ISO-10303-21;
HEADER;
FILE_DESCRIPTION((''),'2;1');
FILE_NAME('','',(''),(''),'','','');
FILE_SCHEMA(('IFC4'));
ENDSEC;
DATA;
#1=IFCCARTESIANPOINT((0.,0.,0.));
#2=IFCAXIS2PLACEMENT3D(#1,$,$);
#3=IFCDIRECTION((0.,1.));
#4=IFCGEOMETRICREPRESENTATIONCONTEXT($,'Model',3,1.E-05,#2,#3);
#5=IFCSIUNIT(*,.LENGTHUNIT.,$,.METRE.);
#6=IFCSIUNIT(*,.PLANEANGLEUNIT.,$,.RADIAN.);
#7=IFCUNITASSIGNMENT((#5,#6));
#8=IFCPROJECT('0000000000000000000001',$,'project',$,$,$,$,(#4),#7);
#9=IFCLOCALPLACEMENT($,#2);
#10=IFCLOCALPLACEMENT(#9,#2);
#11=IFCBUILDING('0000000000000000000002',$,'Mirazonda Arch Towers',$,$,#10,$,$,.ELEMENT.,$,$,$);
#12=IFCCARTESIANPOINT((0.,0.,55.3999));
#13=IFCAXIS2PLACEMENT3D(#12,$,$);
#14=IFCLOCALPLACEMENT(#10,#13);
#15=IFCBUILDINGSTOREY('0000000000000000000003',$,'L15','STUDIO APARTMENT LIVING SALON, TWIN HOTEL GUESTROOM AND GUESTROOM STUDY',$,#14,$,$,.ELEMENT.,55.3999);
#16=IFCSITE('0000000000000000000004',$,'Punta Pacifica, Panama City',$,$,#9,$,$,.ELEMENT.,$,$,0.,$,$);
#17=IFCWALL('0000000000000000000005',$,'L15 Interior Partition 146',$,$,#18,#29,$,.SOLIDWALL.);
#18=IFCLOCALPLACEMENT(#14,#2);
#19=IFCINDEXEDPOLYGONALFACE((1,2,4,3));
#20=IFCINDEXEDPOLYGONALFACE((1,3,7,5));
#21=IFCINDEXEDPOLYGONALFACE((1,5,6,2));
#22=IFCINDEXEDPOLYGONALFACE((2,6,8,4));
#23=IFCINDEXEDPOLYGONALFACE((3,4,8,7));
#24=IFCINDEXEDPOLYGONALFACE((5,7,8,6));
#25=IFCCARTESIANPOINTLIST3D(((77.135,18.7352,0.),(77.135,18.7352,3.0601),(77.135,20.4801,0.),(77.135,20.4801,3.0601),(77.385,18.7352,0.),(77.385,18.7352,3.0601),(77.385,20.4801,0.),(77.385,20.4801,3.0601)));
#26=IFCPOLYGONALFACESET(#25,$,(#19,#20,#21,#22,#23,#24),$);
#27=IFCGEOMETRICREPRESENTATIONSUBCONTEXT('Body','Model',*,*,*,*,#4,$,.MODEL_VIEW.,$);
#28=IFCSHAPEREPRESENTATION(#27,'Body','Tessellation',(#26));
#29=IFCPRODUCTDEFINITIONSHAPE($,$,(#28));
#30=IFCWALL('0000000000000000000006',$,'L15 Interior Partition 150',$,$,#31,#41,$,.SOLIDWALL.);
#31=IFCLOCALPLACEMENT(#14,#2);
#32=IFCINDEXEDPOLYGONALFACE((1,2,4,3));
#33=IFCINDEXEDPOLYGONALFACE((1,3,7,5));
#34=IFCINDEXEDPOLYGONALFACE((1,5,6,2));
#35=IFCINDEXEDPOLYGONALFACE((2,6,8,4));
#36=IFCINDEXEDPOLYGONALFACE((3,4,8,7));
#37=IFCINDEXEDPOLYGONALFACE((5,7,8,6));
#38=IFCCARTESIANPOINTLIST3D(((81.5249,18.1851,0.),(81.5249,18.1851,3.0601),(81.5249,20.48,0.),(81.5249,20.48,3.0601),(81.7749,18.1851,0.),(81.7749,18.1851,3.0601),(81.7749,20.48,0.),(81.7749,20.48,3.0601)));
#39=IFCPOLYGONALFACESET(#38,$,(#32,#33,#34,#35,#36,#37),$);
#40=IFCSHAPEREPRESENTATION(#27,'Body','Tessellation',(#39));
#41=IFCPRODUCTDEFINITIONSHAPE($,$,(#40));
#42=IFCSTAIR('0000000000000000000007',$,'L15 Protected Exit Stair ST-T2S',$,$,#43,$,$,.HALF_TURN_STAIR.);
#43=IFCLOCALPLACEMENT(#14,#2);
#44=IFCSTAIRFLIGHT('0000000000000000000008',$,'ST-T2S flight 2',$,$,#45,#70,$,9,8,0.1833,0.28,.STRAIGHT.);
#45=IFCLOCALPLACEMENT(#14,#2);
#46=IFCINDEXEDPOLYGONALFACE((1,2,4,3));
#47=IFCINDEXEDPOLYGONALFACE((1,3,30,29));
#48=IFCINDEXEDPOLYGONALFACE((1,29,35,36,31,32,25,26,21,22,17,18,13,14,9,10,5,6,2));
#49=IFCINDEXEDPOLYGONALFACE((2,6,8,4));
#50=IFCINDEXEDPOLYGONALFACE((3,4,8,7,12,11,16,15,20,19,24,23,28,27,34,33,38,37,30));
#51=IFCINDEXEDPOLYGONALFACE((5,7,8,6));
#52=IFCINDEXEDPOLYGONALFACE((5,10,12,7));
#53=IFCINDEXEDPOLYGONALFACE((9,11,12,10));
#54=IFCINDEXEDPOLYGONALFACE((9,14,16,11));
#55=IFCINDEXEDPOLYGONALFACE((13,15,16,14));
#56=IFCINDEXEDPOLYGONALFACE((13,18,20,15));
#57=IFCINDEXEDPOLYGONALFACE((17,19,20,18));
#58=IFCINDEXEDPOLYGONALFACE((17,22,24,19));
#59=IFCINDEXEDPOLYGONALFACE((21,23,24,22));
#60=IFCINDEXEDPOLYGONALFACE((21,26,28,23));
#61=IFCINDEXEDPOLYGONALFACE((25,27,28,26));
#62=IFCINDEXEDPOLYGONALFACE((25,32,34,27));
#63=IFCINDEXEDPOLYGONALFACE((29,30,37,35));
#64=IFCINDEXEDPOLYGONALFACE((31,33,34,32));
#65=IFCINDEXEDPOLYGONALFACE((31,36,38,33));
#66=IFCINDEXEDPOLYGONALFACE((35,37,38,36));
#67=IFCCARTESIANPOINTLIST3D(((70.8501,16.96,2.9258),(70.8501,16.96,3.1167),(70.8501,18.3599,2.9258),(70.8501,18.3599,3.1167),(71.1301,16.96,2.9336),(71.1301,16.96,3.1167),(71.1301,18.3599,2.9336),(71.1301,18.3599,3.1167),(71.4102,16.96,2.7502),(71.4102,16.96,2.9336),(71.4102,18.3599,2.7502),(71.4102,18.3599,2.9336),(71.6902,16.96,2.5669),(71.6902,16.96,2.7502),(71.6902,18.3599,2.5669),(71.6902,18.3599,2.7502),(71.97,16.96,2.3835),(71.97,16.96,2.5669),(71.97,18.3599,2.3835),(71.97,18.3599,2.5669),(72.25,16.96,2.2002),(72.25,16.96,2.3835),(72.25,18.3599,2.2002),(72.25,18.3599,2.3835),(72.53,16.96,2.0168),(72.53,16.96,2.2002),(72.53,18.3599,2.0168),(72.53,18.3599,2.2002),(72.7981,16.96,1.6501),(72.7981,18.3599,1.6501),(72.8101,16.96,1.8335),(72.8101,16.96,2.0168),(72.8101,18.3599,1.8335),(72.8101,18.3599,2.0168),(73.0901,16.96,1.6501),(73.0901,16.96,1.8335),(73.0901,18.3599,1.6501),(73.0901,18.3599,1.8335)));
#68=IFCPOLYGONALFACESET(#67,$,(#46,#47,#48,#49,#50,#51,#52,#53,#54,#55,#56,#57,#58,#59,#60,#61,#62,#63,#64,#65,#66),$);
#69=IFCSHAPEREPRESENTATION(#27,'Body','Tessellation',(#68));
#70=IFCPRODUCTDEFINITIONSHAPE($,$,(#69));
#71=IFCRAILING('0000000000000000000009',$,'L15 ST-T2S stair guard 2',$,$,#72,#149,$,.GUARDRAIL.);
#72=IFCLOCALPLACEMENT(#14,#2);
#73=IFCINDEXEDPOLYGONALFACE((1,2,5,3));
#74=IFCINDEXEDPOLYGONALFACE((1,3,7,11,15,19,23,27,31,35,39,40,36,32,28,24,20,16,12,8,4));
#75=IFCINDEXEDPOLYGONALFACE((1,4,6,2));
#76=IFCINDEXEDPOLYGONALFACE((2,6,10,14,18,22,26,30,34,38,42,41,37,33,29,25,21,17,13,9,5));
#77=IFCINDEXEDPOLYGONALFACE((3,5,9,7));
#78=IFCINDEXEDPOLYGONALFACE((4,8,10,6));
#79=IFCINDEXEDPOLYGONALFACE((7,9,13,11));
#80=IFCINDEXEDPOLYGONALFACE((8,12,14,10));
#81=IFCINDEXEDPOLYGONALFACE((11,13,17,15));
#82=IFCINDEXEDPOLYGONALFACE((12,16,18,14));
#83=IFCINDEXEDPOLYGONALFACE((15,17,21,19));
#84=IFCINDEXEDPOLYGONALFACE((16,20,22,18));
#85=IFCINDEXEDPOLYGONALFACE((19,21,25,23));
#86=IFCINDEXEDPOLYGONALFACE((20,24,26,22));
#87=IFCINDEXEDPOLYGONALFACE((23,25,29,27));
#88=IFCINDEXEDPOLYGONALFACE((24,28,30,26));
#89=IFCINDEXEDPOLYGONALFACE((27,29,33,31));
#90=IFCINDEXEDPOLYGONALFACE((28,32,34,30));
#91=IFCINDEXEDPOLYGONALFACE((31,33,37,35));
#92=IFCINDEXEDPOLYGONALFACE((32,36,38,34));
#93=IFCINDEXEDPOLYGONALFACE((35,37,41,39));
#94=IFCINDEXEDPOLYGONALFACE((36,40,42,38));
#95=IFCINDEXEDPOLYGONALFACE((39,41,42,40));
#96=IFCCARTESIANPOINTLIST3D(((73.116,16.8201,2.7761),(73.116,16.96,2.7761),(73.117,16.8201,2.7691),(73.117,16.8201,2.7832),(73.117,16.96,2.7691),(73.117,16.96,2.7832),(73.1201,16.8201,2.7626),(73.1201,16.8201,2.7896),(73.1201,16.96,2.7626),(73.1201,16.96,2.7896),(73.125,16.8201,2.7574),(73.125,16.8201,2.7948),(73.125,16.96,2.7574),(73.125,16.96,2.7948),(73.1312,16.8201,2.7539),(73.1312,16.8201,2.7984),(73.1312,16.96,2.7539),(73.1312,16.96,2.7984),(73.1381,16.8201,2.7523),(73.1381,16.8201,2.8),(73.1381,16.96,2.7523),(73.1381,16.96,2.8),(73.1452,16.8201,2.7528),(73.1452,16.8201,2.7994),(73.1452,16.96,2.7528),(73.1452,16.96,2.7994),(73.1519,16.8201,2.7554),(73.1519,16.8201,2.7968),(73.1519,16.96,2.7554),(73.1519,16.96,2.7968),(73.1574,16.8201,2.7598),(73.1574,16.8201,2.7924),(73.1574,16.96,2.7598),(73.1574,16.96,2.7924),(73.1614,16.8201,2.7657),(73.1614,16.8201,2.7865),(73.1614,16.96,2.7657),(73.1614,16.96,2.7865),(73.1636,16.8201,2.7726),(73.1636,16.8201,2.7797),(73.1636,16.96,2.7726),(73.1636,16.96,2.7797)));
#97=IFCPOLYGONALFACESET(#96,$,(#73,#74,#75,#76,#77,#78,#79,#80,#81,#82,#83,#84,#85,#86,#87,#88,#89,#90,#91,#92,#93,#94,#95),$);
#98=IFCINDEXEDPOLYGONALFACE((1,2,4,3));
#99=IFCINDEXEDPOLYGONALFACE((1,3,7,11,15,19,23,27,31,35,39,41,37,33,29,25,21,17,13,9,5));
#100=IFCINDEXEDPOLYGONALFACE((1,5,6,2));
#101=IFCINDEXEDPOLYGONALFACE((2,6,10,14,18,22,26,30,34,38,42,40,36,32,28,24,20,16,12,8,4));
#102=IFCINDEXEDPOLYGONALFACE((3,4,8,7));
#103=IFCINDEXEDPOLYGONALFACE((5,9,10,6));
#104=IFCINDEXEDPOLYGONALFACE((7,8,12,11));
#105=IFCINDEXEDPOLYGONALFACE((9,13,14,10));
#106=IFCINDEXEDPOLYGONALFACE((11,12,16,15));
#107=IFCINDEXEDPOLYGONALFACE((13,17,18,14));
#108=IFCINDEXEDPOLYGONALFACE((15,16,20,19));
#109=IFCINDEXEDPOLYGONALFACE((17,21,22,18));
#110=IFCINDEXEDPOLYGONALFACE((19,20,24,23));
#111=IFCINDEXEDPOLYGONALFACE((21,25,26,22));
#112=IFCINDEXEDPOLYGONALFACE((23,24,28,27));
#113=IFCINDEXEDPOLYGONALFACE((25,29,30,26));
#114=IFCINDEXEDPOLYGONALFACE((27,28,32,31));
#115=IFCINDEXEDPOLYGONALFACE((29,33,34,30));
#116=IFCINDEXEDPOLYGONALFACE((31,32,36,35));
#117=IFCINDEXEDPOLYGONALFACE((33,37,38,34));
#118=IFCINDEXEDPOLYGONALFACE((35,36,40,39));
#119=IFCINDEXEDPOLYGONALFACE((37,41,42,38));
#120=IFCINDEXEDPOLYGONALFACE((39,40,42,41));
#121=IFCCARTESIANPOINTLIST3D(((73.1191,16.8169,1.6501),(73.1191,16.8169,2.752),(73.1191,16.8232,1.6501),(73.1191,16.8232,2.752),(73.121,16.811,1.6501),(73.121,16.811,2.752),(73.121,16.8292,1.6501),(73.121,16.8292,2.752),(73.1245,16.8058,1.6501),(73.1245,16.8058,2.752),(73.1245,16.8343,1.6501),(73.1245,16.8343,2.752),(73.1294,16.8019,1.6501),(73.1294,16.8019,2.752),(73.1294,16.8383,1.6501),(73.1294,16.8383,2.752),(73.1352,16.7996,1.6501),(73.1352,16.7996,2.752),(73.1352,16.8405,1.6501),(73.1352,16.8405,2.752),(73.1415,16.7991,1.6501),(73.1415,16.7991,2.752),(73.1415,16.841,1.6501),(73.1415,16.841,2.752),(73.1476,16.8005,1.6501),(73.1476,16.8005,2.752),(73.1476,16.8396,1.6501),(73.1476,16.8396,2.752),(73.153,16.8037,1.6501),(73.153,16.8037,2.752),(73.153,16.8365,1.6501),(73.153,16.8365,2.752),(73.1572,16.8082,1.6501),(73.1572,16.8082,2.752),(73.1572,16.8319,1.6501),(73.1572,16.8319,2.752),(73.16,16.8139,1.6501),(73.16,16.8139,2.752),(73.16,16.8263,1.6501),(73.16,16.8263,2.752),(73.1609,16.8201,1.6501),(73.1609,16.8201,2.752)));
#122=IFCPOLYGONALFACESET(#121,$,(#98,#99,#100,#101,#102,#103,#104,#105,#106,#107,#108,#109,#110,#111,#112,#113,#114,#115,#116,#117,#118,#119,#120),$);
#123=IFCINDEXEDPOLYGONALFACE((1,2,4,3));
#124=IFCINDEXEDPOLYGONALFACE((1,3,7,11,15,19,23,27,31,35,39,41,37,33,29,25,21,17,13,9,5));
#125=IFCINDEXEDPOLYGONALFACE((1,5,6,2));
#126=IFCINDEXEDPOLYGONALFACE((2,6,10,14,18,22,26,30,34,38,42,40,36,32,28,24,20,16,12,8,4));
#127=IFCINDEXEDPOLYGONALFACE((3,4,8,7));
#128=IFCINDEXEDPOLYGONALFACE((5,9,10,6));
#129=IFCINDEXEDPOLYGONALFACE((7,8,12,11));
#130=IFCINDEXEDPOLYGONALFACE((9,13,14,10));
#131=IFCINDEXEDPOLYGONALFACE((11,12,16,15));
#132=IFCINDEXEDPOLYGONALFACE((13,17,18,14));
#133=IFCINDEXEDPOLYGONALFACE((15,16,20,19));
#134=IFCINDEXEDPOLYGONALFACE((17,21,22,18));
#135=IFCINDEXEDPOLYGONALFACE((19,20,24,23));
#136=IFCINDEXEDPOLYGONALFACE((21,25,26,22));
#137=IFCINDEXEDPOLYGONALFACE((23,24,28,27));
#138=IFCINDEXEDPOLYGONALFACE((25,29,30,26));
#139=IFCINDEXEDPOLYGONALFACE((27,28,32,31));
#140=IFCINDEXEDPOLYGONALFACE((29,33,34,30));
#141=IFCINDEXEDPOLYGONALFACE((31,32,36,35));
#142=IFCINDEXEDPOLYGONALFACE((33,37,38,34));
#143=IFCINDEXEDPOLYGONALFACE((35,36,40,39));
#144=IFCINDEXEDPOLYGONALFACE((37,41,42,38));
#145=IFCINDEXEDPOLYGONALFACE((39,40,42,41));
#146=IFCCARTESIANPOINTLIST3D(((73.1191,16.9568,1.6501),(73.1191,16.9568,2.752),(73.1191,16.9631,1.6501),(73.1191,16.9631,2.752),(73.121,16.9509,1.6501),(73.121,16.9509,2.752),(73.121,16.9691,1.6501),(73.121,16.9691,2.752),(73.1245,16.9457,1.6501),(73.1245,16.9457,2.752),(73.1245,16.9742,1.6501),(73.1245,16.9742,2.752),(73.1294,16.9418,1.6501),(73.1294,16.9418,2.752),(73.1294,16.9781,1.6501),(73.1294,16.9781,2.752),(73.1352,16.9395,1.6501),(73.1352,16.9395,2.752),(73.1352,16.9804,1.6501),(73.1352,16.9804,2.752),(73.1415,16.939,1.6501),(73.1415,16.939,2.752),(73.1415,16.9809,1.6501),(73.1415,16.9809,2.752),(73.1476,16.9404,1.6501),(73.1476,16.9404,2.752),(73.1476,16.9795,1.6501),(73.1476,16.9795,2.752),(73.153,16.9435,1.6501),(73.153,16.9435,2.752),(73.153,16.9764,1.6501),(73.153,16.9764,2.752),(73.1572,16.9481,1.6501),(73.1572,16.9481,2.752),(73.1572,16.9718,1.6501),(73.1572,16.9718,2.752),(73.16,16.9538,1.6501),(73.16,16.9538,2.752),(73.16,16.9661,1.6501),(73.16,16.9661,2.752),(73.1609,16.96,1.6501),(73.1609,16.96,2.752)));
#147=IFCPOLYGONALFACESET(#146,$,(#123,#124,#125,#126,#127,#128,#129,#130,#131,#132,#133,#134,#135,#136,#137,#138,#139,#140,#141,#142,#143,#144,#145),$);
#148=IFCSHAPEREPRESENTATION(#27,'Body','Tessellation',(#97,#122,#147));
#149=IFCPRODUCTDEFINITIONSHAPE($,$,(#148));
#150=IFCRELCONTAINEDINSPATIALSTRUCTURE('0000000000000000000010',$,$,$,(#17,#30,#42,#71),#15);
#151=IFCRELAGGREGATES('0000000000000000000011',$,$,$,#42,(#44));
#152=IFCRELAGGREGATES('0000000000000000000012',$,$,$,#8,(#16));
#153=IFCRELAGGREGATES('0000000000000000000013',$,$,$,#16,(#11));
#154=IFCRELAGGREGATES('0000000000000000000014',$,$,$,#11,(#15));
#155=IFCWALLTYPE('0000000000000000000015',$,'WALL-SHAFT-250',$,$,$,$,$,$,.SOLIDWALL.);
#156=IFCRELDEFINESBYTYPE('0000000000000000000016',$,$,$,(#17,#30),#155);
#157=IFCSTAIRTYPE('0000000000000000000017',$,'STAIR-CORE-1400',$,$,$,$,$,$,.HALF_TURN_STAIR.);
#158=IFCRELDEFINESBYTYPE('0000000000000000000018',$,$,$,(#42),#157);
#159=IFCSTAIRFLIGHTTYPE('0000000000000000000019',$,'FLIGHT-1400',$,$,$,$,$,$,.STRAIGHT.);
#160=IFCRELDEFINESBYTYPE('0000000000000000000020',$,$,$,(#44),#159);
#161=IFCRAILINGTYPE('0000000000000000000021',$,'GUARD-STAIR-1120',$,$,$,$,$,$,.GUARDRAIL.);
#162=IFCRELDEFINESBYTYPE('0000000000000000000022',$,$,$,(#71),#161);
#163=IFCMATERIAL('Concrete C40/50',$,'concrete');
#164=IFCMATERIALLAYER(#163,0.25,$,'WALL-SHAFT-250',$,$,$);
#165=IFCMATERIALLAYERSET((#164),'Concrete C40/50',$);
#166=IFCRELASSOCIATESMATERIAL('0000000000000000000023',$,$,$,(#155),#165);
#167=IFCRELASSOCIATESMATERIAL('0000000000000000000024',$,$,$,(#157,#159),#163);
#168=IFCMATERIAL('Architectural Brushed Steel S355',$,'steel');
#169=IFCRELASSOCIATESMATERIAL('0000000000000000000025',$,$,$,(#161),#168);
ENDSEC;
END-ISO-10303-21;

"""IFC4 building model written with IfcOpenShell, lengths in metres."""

from ifc_helpers import new_model, si_unit, direction, frame, frame_2d, origin, origin_2d, place, context, subcontext, project, spatial, polyline, rectangle, circle, outline, extrude, material, layer, layer_set, type_object, element, aggregate, save


model = new_model("IFC4")

# Units and contexts
model_context = context("Model", 3, precision=1e-05, world=origin(), true_north=direction((0.0, 1.0)))
body_context = subcontext(model_context, "Body", "Model", "MODEL_VIEW")
ifc_project = project(units=[si_unit("LENGTHUNIT", "METRE"), si_unit("PLANEANGLEUNIT", "RADIAN")], contexts=[model_context])

# Site, building, storey
site_placement = place(None, origin())
site = spatial("IfcSite", under=ifc_project, at=site_placement, Name="Punta Pacifica, Panama City", CompositionType="ELEMENT", RefElevation=0.0)
building_placement = place(site_placement, origin())
building = spatial("IfcBuilding", under=site, at=building_placement, Name="Mirazonda Arch Towers", CompositionType="ELEMENT")
storey_placement = place(building_placement, frame((0.0, 0.0, 55.3999)))
storey = spatial("IfcBuildingStorey", under=building, at=storey_placement, Name="L15", Description="STUDIO APARTMENT LIVING SALON, TWIN HOTEL GUESTROOM AND GUESTROOM STUDY", CompositionType="ELEMENT", Elevation=55.3999)

# Walls
ifc_material_1 = material(Name="Concrete C40/50", Category="concrete")
ifc_layer_1 = layer(ifc_material_1, 0.25, Name="WALL-SHAFT-250")
ifc_layer_set_1 = layer_set([ifc_layer_1], Name="Concrete C40/50")
wall_type_1 = type_object("IfcWallType", Name="WALL-SHAFT-250", PredefinedType="SOLIDWALL", material=ifc_layer_set_1)
wall_1_placement = place(storey_placement, frame((77.26, 18.7351, 0.0), z_axis=(0.0, 0.0, 1.0), x_axis=(0.0, 1.0, 0.0)))
element("IfcWall", 1, at=wall_1_placement, inside=storey, type_object=wall_type_1, Name="L15 Interior Partition 146", PredefinedType="SOLIDWALL", context=body_context, shape_type="SweptSolid", body=[
    extrude(rectangle(XDim=1.7449, YDim=0.25, at=frame_2d((0.8726, 0.0))), origin(), (0.0, 0.0, 1.0), 3.0601),
])
wall_2_placement = place(storey_placement, frame((81.6499, 18.1851, 0.0), z_axis=(0.0, 0.0, 1.0), x_axis=(0.0, 1.0, 0.0)))
element("IfcWall", 2, at=wall_2_placement, inside=storey, type_object=wall_type_1, Name="L15 Interior Partition 150", PredefinedType="SOLIDWALL", context=body_context, shape_type="SweptSolid", body=[
    extrude(rectangle(XDim=2.2949, YDim=0.25, at=frame_2d((1.1475, 0.0))), origin(), (0.0, 0.0, 1.0), 3.0601),
])

# Stair, stair flight
stair_type = type_object("IfcStairType", Name="STAIR-CORE-1400", PredefinedType="HALF_TURN_STAIR", material=ifc_material_1)
stair_placement = place(storey_placement, origin())
stair = element("IfcStair", 3, at=stair_placement, inside=storey, type_object=stair_type, Name="L15 Protected Exit Stair ST-T2S", PredefinedType="HALF_TURN_STAIR")
stair_flight_type = type_object("IfcStairFlightType", Name="FLIGHT-1400", PredefinedType="STRAIGHT", material=ifc_material_1)
stair_flight_placement = place(storey_placement, frame((73.0901, 17.6599, 1.6501), z_axis=(0.0, 0.0, 1.0), x_axis=(-1.0, 0.0, 0.0)))
stair_flight = element("IfcStairFlight", 4, at=stair_flight_placement, type_object=stair_flight_type, Name="ST-T2S flight 2", NumberOfRisers=9, NumberOfTreads=8, PredefinedType="STRAIGHT", RiserHeight=0.1833, TreadLength=0.28, context=body_context, shape_type="SweptSolid", body=[
    extrude(outline(polyline([(0.0, 0.0), (0.0, 0.1833), (0.28, 0.1833), (0.28, 0.3667), (0.5601, 0.3667), (0.5601, 0.55), (0.8401, 0.55), (0.8401, 0.7334), (1.1201, 0.7334), (1.1201, 0.9167), (1.3999, 0.9167), (1.3999, 1.1001), (1.6799, 1.1001), (1.6799, 1.2834), (1.96, 1.2834), (1.96, 1.4666), (2.24, 1.4666), (2.24, 1.6499), (2.24, 1.2756), (0.292, 0.0), (0.0, 0.0)])), frame((0.0, 0.7, 0.0), z_axis=(0.0, -1.0, 0.0), x_axis=(1.0, 0.0, 0.0)), (0.0, 0.0, 1.0), 1.3999),
])
aggregate(stair, [stair_flight])

# Railing
ifc_material_2 = material(Name="Architectural Brushed Steel S355", Category="steel")
railing_type_1 = type_object("IfcRailingType", Name="GUARD-STAIR-1120", PredefinedType="GUARDRAIL", material=ifc_material_2)
railing_1_placement = place(storey_placement, frame((73.1399, 16.8201, 1.6501)))
element("IfcRailing", 5, at=railing_1_placement, inside=storey, type_object=railing_type_1, Name="L15 ST-T2S stair guard 2", PredefinedType="GUARDRAIL", context=body_context, shape_type="SweptSolid", body=[
    extrude(circle(Radius=0.0239, at=origin_2d()), frame((0.0, 0.0, 1.126), z_axis=(0.0, 1.0, 0.0), x_axis=(-1.0, 0.0, 0.0)), (0.0, 0.0, 1.0), 0.1399),
    extrude(circle(Radius=0.021, at=origin_2d()), origin(), (0.0, 0.0, 1.0), 1.1018),
    extrude(circle(Radius=0.021, at=origin_2d()), frame((0.0, 0.1399, 0.0)), (0.0, 0.0, 1.0), 1.1018),
])

save(model, "model.ifc")
